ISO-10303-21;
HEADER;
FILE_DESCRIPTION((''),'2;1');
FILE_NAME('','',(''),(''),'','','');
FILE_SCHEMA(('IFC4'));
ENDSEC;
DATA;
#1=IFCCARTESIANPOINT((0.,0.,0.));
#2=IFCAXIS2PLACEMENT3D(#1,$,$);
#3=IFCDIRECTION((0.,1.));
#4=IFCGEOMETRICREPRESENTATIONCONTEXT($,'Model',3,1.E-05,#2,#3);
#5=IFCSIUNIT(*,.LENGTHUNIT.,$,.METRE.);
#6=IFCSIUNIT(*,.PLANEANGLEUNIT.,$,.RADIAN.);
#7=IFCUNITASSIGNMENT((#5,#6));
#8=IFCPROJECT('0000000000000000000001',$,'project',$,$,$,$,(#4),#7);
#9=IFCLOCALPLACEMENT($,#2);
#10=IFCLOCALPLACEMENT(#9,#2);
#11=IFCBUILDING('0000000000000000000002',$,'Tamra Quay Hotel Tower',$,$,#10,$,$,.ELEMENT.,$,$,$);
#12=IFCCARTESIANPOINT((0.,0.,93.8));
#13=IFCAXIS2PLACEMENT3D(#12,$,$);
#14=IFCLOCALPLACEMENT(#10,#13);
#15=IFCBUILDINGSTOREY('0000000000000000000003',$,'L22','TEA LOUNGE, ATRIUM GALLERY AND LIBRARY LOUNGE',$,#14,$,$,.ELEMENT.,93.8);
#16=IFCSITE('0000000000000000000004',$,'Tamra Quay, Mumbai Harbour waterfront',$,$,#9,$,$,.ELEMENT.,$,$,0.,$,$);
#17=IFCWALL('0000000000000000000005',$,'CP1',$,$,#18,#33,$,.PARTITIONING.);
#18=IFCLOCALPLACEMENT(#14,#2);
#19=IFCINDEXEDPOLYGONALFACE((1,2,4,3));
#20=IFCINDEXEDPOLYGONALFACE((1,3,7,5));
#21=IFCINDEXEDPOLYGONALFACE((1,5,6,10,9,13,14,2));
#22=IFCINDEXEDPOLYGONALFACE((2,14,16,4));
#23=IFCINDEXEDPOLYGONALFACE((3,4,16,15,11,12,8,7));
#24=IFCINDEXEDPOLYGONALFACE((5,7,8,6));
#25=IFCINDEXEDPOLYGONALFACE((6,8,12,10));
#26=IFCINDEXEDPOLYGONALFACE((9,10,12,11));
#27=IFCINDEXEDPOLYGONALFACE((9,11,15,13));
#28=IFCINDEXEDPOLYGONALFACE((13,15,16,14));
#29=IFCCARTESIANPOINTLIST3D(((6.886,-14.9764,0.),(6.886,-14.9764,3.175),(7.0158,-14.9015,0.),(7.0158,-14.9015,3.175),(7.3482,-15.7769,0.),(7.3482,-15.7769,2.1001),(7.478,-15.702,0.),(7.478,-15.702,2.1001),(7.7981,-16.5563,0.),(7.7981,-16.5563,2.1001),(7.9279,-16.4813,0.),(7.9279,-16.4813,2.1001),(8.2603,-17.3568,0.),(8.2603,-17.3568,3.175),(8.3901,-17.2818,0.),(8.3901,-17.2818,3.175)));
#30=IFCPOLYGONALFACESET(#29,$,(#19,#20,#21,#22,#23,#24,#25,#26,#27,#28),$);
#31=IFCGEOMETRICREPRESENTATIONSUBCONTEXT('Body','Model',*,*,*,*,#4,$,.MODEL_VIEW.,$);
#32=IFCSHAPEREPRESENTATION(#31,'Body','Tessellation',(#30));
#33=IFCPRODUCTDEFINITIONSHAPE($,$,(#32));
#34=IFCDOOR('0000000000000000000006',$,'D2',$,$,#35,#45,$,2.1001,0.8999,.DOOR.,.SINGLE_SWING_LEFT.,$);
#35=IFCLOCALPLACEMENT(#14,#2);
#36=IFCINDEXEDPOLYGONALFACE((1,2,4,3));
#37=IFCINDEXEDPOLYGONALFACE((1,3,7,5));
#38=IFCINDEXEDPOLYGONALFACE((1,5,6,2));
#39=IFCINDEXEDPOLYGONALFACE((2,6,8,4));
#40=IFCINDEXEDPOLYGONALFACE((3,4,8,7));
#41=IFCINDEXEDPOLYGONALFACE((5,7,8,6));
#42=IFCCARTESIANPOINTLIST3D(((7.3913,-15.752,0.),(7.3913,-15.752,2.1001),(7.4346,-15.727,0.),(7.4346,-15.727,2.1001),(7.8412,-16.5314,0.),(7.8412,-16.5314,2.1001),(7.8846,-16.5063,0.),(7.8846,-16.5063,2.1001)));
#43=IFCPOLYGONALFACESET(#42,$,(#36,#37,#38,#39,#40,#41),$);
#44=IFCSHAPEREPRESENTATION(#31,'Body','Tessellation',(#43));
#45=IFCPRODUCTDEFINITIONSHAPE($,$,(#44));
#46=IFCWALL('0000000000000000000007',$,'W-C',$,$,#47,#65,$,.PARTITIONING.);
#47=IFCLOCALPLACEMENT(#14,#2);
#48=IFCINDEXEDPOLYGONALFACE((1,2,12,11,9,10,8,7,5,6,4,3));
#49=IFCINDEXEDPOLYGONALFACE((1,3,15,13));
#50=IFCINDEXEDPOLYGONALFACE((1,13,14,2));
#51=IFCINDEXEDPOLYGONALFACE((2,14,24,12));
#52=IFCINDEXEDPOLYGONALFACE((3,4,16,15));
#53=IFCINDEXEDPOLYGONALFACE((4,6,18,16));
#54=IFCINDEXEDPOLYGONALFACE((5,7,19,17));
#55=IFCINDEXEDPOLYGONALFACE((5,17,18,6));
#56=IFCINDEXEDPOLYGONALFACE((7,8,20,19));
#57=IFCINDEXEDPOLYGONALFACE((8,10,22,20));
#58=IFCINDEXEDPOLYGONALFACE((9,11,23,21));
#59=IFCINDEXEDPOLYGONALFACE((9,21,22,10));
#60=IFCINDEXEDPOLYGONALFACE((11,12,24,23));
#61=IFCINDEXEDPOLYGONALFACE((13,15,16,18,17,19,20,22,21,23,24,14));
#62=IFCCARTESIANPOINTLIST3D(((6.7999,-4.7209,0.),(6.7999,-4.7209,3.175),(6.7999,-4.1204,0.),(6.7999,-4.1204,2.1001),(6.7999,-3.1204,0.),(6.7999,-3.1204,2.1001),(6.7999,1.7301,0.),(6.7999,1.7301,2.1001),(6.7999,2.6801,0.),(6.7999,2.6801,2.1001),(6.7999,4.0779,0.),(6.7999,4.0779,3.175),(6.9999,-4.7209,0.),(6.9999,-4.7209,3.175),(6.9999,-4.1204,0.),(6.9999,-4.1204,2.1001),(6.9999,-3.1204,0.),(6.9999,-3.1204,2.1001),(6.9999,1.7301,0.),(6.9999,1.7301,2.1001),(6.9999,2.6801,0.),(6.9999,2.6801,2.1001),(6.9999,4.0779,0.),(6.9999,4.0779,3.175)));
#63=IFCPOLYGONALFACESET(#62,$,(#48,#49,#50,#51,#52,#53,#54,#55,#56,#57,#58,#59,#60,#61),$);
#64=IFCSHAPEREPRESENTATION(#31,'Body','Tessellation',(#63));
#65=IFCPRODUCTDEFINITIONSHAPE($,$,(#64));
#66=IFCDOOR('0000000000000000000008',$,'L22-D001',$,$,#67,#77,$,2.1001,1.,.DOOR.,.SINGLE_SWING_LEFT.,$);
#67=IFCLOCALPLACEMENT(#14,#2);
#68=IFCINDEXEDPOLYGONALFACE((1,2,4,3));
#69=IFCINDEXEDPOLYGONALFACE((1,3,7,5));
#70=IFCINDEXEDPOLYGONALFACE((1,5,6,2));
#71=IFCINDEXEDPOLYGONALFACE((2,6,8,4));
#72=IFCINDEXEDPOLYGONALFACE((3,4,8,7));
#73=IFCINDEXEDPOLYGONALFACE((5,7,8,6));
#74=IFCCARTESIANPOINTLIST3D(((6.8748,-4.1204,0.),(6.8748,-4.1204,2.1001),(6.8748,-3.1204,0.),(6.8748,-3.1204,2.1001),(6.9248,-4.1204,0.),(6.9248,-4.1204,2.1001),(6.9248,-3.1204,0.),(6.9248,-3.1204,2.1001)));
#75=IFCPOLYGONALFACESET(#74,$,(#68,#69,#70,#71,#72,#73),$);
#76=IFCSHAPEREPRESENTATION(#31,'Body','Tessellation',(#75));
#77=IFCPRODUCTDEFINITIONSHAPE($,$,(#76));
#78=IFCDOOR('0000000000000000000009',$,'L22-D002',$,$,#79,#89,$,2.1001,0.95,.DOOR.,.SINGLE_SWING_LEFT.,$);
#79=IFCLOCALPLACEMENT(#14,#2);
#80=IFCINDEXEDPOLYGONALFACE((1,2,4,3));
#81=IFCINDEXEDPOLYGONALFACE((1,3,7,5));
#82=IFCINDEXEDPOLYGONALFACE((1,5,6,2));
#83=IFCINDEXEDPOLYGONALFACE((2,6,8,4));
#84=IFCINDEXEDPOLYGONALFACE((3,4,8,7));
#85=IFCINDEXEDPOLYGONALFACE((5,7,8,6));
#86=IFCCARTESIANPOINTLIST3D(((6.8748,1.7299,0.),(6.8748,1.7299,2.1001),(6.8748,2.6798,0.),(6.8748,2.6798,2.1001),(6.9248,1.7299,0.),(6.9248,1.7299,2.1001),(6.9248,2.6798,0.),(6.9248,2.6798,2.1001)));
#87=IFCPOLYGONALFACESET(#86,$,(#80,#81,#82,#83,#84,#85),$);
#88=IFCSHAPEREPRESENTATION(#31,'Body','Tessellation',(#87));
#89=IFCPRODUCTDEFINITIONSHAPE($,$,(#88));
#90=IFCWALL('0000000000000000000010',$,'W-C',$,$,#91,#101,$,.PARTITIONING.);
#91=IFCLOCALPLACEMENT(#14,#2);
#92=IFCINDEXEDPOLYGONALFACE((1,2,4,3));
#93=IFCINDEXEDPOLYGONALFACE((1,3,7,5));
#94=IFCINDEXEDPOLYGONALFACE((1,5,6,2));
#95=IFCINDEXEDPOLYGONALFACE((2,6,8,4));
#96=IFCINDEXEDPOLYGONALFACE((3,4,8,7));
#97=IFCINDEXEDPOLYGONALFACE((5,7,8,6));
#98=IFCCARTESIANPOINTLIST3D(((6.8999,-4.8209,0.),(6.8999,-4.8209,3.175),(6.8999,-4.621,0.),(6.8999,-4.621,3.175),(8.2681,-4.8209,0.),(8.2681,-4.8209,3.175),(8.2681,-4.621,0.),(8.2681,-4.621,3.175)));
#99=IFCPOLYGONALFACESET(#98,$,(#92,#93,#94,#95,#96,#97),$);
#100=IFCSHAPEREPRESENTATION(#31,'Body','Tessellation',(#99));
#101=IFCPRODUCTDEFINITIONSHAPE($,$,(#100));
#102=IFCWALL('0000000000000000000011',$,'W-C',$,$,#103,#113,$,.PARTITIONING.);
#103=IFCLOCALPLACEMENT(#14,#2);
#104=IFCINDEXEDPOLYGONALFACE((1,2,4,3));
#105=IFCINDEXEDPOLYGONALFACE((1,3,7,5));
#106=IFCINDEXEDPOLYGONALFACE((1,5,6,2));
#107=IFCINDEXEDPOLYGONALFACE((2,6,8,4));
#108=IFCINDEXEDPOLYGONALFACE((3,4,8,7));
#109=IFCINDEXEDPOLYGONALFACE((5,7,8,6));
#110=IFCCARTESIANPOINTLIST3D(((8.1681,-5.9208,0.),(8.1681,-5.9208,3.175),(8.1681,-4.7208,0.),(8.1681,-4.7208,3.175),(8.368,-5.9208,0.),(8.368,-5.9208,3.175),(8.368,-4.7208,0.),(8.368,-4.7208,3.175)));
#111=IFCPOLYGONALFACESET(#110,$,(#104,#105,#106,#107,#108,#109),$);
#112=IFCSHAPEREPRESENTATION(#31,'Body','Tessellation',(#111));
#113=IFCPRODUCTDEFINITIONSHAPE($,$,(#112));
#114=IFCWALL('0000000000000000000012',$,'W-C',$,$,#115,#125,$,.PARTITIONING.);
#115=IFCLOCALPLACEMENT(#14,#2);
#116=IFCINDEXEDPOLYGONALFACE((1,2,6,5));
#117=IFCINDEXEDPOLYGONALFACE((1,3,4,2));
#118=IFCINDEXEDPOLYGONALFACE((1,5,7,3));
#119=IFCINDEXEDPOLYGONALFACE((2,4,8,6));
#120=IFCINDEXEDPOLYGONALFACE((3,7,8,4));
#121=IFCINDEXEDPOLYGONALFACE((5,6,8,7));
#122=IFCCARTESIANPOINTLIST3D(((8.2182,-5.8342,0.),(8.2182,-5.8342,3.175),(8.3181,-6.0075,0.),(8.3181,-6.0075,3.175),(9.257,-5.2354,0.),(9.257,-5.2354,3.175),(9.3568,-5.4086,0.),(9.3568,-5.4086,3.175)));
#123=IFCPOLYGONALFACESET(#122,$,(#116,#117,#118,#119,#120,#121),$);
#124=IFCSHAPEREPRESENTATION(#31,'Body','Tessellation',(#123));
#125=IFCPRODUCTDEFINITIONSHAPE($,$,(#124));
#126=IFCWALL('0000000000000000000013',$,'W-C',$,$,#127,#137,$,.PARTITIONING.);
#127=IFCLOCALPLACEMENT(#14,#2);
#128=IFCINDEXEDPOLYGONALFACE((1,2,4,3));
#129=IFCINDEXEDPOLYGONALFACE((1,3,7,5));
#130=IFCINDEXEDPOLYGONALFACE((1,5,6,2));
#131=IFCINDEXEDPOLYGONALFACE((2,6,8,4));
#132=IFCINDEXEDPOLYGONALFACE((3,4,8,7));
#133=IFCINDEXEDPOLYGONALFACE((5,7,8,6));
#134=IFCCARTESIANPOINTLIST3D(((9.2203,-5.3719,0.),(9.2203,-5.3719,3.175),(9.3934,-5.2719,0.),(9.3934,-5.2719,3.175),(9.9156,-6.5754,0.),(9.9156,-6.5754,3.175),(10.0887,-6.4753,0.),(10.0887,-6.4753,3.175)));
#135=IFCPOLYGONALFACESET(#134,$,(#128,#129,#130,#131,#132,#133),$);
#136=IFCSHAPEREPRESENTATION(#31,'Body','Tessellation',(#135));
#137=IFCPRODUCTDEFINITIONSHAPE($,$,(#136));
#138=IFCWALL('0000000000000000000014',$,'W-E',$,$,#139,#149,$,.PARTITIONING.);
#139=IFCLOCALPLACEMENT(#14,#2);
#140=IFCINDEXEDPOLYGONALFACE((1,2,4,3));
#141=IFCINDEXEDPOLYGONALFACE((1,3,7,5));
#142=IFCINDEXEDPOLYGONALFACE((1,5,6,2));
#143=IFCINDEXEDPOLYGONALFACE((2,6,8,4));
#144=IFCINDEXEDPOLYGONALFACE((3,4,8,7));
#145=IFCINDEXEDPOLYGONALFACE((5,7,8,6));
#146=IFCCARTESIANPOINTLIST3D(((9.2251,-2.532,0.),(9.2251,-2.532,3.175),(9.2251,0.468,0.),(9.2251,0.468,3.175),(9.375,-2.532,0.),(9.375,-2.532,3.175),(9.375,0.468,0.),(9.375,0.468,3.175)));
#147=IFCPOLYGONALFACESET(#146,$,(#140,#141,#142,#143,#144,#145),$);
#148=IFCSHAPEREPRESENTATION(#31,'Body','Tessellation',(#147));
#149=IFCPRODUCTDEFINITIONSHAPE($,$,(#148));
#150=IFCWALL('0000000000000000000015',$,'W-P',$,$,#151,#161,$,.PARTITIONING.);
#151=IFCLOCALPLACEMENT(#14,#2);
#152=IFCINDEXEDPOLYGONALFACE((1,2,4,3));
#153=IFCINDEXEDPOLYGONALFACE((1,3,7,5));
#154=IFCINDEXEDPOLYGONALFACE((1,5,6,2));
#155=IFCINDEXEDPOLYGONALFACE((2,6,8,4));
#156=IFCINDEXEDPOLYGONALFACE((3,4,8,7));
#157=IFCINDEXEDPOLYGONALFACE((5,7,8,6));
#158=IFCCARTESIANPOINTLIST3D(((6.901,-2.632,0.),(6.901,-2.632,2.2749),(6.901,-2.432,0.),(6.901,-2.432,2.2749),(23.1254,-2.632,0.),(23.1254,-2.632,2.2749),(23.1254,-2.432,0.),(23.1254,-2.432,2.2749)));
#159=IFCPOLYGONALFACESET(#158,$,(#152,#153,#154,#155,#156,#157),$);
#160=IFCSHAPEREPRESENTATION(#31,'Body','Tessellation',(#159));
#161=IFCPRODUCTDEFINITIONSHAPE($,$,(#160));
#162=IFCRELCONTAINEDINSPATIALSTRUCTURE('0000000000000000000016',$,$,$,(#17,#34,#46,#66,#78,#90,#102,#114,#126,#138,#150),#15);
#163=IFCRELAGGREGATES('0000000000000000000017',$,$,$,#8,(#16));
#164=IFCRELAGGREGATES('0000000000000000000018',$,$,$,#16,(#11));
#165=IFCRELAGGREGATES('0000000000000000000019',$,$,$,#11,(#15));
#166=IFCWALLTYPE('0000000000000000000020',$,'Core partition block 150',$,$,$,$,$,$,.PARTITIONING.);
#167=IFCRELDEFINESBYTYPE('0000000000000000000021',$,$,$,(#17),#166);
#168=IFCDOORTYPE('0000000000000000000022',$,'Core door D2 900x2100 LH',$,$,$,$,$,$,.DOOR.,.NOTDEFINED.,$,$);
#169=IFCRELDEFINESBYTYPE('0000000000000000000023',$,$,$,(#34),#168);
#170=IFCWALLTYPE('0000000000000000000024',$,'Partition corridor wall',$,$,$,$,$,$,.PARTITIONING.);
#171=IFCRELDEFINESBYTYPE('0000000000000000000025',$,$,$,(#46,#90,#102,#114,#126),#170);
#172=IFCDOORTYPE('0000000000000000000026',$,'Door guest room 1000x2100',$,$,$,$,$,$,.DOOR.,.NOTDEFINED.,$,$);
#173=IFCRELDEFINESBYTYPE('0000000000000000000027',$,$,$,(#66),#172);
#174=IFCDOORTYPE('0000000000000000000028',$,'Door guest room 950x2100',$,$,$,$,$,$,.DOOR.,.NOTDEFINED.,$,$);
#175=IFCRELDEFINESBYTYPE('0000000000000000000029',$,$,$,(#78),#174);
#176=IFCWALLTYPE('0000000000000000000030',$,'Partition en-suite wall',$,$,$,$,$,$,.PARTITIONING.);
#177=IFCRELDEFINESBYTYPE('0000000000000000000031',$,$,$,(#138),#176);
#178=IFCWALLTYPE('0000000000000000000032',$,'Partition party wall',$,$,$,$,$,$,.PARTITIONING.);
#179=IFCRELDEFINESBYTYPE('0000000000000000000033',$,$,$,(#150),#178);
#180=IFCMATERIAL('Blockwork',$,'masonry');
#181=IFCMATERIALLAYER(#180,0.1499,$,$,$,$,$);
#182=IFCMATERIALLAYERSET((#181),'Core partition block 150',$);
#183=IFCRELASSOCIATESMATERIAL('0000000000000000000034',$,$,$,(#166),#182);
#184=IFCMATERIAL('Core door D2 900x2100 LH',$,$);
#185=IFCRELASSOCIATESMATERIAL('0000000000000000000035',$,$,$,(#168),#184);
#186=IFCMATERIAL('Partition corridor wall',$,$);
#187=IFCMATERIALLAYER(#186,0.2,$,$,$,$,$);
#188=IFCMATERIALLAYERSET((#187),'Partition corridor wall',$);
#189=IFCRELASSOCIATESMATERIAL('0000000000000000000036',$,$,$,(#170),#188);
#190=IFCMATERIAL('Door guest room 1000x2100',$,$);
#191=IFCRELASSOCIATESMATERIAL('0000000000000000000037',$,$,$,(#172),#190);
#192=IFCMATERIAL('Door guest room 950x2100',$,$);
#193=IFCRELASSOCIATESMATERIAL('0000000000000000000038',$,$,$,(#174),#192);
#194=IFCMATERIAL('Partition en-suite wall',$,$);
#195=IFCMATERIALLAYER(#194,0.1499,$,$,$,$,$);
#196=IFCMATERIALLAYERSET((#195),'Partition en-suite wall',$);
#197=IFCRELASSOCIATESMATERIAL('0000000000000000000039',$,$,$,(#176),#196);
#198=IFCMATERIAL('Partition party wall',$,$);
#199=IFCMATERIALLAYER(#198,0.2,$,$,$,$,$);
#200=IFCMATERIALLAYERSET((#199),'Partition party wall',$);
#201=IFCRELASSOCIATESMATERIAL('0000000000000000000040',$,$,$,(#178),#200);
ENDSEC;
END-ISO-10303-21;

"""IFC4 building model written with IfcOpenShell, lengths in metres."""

from ifc_helpers import new_model, si_unit, direction, frame, frame_2d, origin, place, context, subcontext, project, spatial, rectangle, extrude, material, layer, layer_set, type_object, element, fill, save


model = new_model("IFC4")

# Units and contexts
model_context = context("Model", 3, precision=1e-05, world=origin(), true_north=direction((0.0, 1.0)))
body_context = subcontext(model_context, "Body", "Model", "MODEL_VIEW")
ifc_project = project(units=[si_unit("LENGTHUNIT", "METRE"), si_unit("PLANEANGLEUNIT", "RADIAN")], contexts=[model_context])

# Site, building, storey
site_placement = place(None, origin())
site = spatial("IfcSite", under=ifc_project, at=site_placement, Name="Tamra Quay, Mumbai Harbour waterfront", CompositionType="ELEMENT", RefElevation=0.0)
building_placement = place(site_placement, origin())
building = spatial("IfcBuilding", under=site, at=building_placement, Name="Tamra Quay Hotel Tower", CompositionType="ELEMENT")
storey_placement = place(building_placement, frame((0.0, 0.0, 93.8)))
storey = spatial("IfcBuildingStorey", under=building, at=storey_placement, Name="L22", Description="TEA LOUNGE, ATRIUM GALLERY AND LIBRARY LOUNGE", CompositionType="ELEMENT", Elevation=93.8)

# Shared definitions
ifc_material_1 = material(Name="Blockwork", Category="masonry")
ifc_layer_1 = layer(ifc_material_1, 0.1499)
ifc_layer_set_1 = layer_set([ifc_layer_1], Name="Core partition block 150")
wall_type_1 = type_object("IfcWallType", Name="Core partition block 150", PredefinedType="PARTITIONING", material=ifc_layer_set_1)

# Wall, opening, door
wall_1_placement = place(storey_placement, frame((6.9509, -14.939, 0.0), z_axis=(0.0, 0.0, 1.0), x_axis=(0.499989, -0.866032, 0.0)))
wall_1 = element("IfcWall", 1, at=wall_1_placement, inside=storey, type_object=wall_type_1, Name="CP1", PredefinedType="PARTITIONING", context=body_context, shape_type="SweptSolid", body=[
    extrude(rectangle(XDim=2.7485, YDim=0.1499, at=frame_2d((1.3743, 0.0))), origin(), (0.0, 0.0, 1.0), 3.175),
])
opening_1_placement = place(wall_1_placement, frame((0.9243, 0.0, 0.0)))
opening_1 = element("IfcOpeningElement", 2, at=opening_1_placement, cuts=wall_1, PredefinedType="OPENING", context=body_context, shape_type="SweptSolid", body=[
    extrude(rectangle(XDim=0.8999, YDim=2.1001, at=frame_2d((0.45, 1.05))), frame((0.0, 0.085, 0.0), z_axis=(0.0, -1.0, 0.0), x_axis=(1.0, 0.0, 0.0)), (0.0, 0.0, 1.0), 0.1699),
])
ifc_material_2 = material(Name="Core door D2 900x2100 LH")
door_type_1 = type_object("IfcDoorType", Name="Core door D2 900x2100 LH", OperationType="NOTDEFINED", PredefinedType="DOOR", material=ifc_material_2)
door_1_placement = place(opening_1_placement, origin())
door_1 = element("IfcDoor", 3, at=door_1_placement, inside=storey, type_object=door_type_1, Name="D2", OperationType="SINGLE_SWING_LEFT", OverallHeight=2.1001, OverallWidth=0.8999, PredefinedType="DOOR", context=body_context, shape_type="SweptSolid", body=[
    extrude(rectangle(XDim=0.8999, YDim=2.1001, at=frame_2d((0.45, 1.05))), frame((0.0, 0.0249, 0.0), z_axis=(0.0, -1.0, 0.0), x_axis=(1.0, 0.0, 0.0)), (0.0, 0.0, 1.0), 0.05),
])
fill(opening_1, door_1)

# Wall, openings, doors
ifc_material_3 = material(Name="Partition corridor wall")
ifc_layer_2 = layer(ifc_material_3, 0.2)
ifc_layer_set_2 = layer_set([ifc_layer_2], Name="Partition corridor wall")
wall_type_2 = type_object("IfcWallType", Name="Partition corridor wall", PredefinedType="PARTITIONING", material=ifc_layer_set_2)
wall_2_placement = place(storey_placement, frame((6.8999, -4.7209, 0.0), z_axis=(0.0, 0.0, 1.0), x_axis=(0.0, 1.0, 0.0)))
wall_2 = element("IfcWall", 4, at=wall_2_placement, inside=storey, type_object=wall_type_2, Name="W-C", PredefinedType="PARTITIONING", context=body_context, shape_type="SweptSolid", body=[
    extrude(rectangle(XDim=8.7988, YDim=0.2, at=frame_2d((4.3994, 0.0))), origin(), (0.0, 0.0, 1.0), 3.175),
])
opening_2_placement = place(wall_2_placement, frame((0.6006, 0.0, 0.0)))
opening_2 = element("IfcOpeningElement", 5, at=opening_2_placement, cuts=wall_2, PredefinedType="OPENING", context=body_context, shape_type="SweptSolid", body=[
    extrude(rectangle(XDim=1.0, YDim=2.1001, at=frame_2d((0.5, 1.05))), frame((0.0, 0.1099, 0.0), z_axis=(0.0, -1.0, 0.0), x_axis=(1.0, 0.0, 0.0)), (0.0, 0.0, 1.0), 0.22),
])
opening_3_placement = place(wall_2_placement, frame((6.4509, 0.0, 0.0)))
opening_3 = element("IfcOpeningElement", 6, at=opening_3_placement, cuts=wall_2, PredefinedType="OPENING", context=body_context, shape_type="SweptSolid", body=[
    extrude(rectangle(XDim=0.95, YDim=2.1001, at=frame_2d((0.4751, 1.05))), frame((0.0, 0.1099, 0.0), z_axis=(0.0, -1.0, 0.0), x_axis=(1.0, 0.0, 0.0)), (0.0, 0.0, 1.0), 0.22),
])
ifc_material_4 = material(Name="Door guest room 1000x2100")
door_type_2 = type_object("IfcDoorType", Name="Door guest room 1000x2100", OperationType="NOTDEFINED", PredefinedType="DOOR", material=ifc_material_4)
door_2_placement = place(opening_2_placement, frame((1.0, 0.0, 0.0), z_axis=(0.0, 0.0, 1.0), x_axis=(-1.0, 0.0, 0.0)))
door_2 = element("IfcDoor", 7, at=door_2_placement, inside=storey, type_object=door_type_2, Name="L22-D001", OperationType="SINGLE_SWING_LEFT", OverallHeight=2.1001, OverallWidth=1.0, PredefinedType="DOOR", context=body_context, shape_type="SweptSolid", body=[
    extrude(rectangle(XDim=1.0, YDim=2.1001, at=frame_2d((0.5, 1.05))), frame((0.0, 0.0249, 0.0), z_axis=(0.0, -1.0, 0.0), x_axis=(1.0, 0.0, 0.0)), (0.0, 0.0, 1.0), 0.05),
])
fill(opening_2, door_2)
ifc_material_5 = material(Name="Door guest room 950x2100")
door_type_3 = type_object("IfcDoorType", Name="Door guest room 950x2100", OperationType="NOTDEFINED", PredefinedType="DOOR", material=ifc_material_5)
door_3_placement = place(opening_3_placement, frame((0.95, 0.0, 0.0), z_axis=(0.0, 0.0, 1.0), x_axis=(-1.0, 0.0, 0.0)))
door_3 = element("IfcDoor", 8, at=door_3_placement, inside=storey, type_object=door_type_3, Name="L22-D002", OperationType="SINGLE_SWING_LEFT", OverallHeight=2.1001, OverallWidth=0.95, PredefinedType="DOOR", context=body_context, shape_type="SweptSolid", body=[
    extrude(rectangle(XDim=0.95, YDim=2.1001, at=frame_2d((0.4751, 1.05))), frame((0.0, 0.0249, 0.0), z_axis=(0.0, -1.0, 0.0), x_axis=(1.0, 0.0, 0.0)), (0.0, 0.0, 1.0), 0.05),
])
fill(opening_3, door_3)

# Walls
wall_3_placement = place(storey_placement, frame((6.8999, -4.7209, 0.0), z_axis=(0.0, 0.0, 1.0), x_axis=(1.0, 0.0, 0.0)))
element("IfcWall", 9, at=wall_3_placement, inside=storey, type_object=wall_type_2, Name="W-C", PredefinedType="PARTITIONING", context=body_context, shape_type="SweptSolid", body=[
    extrude(rectangle(XDim=1.3682, YDim=0.2, at=frame_2d((0.6841, 0.0))), origin(), (0.0, 0.0, 1.0), 3.175),
])
wall_4_placement = place(storey_placement, frame((8.2681, -5.9209, 0.0), z_axis=(0.0, 0.0, 1.0), x_axis=(0.0, 1.0, 0.0)))
element("IfcWall", 10, at=wall_4_placement, inside=storey, type_object=wall_type_2, Name="W-C", PredefinedType="PARTITIONING", context=body_context, shape_type="SweptSolid", body=[
    extrude(rectangle(XDim=1.2, YDim=0.2, at=frame_2d((0.6001, 0.0))), origin(), (0.0, 0.0, 1.0), 3.175),
])
wall_5_placement = place(storey_placement, frame((8.2681, -5.9209, 0.0), z_axis=(0.0, 0.0, 1.0), x_axis=(0.866345, 0.499446, 0.0)))
element("IfcWall", 11, at=wall_5_placement, inside=storey, type_object=wall_type_2, Name="W-C", PredefinedType="PARTITIONING", context=body_context, shape_type="SweptSolid", body=[
    extrude(rectangle(XDim=1.199, YDim=0.2, at=frame_2d((0.5996, 0.0))), origin(), (0.0, 0.0, 1.0), 3.175),
])
wall_6_placement = place(storey_placement, frame((9.3069, -5.322, 0.0), z_axis=(0.0, 0.0, 1.0), x_axis=(0.500295, -0.865855, 0.0)))
element("IfcWall", 12, at=wall_6_placement, inside=storey, type_object=wall_type_2, Name="W-C", PredefinedType="PARTITIONING", context=body_context, shape_type="SweptSolid", body=[
    extrude(rectangle(XDim=1.3899, YDim=0.2, at=frame_2d((0.6948, 0.0))), origin(), (0.0, 0.0, 1.0), 3.175),
])
ifc_material_6 = material(Name="Partition en-suite wall")
ifc_layer_3 = layer(ifc_material_6, 0.1499)
ifc_layer_set_3 = layer_set([ifc_layer_3], Name="Partition en-suite wall")
wall_type_3 = type_object("IfcWallType", Name="Partition en-suite wall", PredefinedType="PARTITIONING", material=ifc_layer_set_3)
wall_7_placement = place(storey_placement, frame((9.3, -2.532, 0.0), z_axis=(0.0, 0.0, 1.0), x_axis=(0.0, 1.0, 0.0)))
element("IfcWall", 13, at=wall_7_placement, inside=storey, type_object=wall_type_3, Name="W-E", PredefinedType="PARTITIONING", context=body_context, shape_type="SweptSolid", body=[
    extrude(rectangle(XDim=3.0, YDim=0.1499, at=frame_2d((1.5, 0.0))), origin(), (0.0, 0.0, 1.0), 3.175),
])
ifc_material_7 = material(Name="Partition party wall")
ifc_layer_4 = layer(ifc_material_7, 0.2)
ifc_layer_set_4 = layer_set([ifc_layer_4], Name="Partition party wall")
wall_type_4 = type_object("IfcWallType", Name="Partition party wall", PredefinedType="PARTITIONING", material=ifc_layer_set_4)
wall_8_placement = place(storey_placement, frame((6.9009, -2.532, 0.0), z_axis=(0.0, 0.0, 1.0), x_axis=(1.0, 0.0, 0.0)))
element("IfcWall", 14, at=wall_8_placement, inside=storey, type_object=wall_type_4, Name="W-P", PredefinedType="PARTITIONING", context=body_context, shape_type="SweptSolid", body=[
    extrude(rectangle(XDim=16.2244, YDim=0.2, at=frame_2d((8.1123, 0.0))), origin(), (0.0, 0.0, 1.0), 2.2749),
])

save(model, "model.ifc")
